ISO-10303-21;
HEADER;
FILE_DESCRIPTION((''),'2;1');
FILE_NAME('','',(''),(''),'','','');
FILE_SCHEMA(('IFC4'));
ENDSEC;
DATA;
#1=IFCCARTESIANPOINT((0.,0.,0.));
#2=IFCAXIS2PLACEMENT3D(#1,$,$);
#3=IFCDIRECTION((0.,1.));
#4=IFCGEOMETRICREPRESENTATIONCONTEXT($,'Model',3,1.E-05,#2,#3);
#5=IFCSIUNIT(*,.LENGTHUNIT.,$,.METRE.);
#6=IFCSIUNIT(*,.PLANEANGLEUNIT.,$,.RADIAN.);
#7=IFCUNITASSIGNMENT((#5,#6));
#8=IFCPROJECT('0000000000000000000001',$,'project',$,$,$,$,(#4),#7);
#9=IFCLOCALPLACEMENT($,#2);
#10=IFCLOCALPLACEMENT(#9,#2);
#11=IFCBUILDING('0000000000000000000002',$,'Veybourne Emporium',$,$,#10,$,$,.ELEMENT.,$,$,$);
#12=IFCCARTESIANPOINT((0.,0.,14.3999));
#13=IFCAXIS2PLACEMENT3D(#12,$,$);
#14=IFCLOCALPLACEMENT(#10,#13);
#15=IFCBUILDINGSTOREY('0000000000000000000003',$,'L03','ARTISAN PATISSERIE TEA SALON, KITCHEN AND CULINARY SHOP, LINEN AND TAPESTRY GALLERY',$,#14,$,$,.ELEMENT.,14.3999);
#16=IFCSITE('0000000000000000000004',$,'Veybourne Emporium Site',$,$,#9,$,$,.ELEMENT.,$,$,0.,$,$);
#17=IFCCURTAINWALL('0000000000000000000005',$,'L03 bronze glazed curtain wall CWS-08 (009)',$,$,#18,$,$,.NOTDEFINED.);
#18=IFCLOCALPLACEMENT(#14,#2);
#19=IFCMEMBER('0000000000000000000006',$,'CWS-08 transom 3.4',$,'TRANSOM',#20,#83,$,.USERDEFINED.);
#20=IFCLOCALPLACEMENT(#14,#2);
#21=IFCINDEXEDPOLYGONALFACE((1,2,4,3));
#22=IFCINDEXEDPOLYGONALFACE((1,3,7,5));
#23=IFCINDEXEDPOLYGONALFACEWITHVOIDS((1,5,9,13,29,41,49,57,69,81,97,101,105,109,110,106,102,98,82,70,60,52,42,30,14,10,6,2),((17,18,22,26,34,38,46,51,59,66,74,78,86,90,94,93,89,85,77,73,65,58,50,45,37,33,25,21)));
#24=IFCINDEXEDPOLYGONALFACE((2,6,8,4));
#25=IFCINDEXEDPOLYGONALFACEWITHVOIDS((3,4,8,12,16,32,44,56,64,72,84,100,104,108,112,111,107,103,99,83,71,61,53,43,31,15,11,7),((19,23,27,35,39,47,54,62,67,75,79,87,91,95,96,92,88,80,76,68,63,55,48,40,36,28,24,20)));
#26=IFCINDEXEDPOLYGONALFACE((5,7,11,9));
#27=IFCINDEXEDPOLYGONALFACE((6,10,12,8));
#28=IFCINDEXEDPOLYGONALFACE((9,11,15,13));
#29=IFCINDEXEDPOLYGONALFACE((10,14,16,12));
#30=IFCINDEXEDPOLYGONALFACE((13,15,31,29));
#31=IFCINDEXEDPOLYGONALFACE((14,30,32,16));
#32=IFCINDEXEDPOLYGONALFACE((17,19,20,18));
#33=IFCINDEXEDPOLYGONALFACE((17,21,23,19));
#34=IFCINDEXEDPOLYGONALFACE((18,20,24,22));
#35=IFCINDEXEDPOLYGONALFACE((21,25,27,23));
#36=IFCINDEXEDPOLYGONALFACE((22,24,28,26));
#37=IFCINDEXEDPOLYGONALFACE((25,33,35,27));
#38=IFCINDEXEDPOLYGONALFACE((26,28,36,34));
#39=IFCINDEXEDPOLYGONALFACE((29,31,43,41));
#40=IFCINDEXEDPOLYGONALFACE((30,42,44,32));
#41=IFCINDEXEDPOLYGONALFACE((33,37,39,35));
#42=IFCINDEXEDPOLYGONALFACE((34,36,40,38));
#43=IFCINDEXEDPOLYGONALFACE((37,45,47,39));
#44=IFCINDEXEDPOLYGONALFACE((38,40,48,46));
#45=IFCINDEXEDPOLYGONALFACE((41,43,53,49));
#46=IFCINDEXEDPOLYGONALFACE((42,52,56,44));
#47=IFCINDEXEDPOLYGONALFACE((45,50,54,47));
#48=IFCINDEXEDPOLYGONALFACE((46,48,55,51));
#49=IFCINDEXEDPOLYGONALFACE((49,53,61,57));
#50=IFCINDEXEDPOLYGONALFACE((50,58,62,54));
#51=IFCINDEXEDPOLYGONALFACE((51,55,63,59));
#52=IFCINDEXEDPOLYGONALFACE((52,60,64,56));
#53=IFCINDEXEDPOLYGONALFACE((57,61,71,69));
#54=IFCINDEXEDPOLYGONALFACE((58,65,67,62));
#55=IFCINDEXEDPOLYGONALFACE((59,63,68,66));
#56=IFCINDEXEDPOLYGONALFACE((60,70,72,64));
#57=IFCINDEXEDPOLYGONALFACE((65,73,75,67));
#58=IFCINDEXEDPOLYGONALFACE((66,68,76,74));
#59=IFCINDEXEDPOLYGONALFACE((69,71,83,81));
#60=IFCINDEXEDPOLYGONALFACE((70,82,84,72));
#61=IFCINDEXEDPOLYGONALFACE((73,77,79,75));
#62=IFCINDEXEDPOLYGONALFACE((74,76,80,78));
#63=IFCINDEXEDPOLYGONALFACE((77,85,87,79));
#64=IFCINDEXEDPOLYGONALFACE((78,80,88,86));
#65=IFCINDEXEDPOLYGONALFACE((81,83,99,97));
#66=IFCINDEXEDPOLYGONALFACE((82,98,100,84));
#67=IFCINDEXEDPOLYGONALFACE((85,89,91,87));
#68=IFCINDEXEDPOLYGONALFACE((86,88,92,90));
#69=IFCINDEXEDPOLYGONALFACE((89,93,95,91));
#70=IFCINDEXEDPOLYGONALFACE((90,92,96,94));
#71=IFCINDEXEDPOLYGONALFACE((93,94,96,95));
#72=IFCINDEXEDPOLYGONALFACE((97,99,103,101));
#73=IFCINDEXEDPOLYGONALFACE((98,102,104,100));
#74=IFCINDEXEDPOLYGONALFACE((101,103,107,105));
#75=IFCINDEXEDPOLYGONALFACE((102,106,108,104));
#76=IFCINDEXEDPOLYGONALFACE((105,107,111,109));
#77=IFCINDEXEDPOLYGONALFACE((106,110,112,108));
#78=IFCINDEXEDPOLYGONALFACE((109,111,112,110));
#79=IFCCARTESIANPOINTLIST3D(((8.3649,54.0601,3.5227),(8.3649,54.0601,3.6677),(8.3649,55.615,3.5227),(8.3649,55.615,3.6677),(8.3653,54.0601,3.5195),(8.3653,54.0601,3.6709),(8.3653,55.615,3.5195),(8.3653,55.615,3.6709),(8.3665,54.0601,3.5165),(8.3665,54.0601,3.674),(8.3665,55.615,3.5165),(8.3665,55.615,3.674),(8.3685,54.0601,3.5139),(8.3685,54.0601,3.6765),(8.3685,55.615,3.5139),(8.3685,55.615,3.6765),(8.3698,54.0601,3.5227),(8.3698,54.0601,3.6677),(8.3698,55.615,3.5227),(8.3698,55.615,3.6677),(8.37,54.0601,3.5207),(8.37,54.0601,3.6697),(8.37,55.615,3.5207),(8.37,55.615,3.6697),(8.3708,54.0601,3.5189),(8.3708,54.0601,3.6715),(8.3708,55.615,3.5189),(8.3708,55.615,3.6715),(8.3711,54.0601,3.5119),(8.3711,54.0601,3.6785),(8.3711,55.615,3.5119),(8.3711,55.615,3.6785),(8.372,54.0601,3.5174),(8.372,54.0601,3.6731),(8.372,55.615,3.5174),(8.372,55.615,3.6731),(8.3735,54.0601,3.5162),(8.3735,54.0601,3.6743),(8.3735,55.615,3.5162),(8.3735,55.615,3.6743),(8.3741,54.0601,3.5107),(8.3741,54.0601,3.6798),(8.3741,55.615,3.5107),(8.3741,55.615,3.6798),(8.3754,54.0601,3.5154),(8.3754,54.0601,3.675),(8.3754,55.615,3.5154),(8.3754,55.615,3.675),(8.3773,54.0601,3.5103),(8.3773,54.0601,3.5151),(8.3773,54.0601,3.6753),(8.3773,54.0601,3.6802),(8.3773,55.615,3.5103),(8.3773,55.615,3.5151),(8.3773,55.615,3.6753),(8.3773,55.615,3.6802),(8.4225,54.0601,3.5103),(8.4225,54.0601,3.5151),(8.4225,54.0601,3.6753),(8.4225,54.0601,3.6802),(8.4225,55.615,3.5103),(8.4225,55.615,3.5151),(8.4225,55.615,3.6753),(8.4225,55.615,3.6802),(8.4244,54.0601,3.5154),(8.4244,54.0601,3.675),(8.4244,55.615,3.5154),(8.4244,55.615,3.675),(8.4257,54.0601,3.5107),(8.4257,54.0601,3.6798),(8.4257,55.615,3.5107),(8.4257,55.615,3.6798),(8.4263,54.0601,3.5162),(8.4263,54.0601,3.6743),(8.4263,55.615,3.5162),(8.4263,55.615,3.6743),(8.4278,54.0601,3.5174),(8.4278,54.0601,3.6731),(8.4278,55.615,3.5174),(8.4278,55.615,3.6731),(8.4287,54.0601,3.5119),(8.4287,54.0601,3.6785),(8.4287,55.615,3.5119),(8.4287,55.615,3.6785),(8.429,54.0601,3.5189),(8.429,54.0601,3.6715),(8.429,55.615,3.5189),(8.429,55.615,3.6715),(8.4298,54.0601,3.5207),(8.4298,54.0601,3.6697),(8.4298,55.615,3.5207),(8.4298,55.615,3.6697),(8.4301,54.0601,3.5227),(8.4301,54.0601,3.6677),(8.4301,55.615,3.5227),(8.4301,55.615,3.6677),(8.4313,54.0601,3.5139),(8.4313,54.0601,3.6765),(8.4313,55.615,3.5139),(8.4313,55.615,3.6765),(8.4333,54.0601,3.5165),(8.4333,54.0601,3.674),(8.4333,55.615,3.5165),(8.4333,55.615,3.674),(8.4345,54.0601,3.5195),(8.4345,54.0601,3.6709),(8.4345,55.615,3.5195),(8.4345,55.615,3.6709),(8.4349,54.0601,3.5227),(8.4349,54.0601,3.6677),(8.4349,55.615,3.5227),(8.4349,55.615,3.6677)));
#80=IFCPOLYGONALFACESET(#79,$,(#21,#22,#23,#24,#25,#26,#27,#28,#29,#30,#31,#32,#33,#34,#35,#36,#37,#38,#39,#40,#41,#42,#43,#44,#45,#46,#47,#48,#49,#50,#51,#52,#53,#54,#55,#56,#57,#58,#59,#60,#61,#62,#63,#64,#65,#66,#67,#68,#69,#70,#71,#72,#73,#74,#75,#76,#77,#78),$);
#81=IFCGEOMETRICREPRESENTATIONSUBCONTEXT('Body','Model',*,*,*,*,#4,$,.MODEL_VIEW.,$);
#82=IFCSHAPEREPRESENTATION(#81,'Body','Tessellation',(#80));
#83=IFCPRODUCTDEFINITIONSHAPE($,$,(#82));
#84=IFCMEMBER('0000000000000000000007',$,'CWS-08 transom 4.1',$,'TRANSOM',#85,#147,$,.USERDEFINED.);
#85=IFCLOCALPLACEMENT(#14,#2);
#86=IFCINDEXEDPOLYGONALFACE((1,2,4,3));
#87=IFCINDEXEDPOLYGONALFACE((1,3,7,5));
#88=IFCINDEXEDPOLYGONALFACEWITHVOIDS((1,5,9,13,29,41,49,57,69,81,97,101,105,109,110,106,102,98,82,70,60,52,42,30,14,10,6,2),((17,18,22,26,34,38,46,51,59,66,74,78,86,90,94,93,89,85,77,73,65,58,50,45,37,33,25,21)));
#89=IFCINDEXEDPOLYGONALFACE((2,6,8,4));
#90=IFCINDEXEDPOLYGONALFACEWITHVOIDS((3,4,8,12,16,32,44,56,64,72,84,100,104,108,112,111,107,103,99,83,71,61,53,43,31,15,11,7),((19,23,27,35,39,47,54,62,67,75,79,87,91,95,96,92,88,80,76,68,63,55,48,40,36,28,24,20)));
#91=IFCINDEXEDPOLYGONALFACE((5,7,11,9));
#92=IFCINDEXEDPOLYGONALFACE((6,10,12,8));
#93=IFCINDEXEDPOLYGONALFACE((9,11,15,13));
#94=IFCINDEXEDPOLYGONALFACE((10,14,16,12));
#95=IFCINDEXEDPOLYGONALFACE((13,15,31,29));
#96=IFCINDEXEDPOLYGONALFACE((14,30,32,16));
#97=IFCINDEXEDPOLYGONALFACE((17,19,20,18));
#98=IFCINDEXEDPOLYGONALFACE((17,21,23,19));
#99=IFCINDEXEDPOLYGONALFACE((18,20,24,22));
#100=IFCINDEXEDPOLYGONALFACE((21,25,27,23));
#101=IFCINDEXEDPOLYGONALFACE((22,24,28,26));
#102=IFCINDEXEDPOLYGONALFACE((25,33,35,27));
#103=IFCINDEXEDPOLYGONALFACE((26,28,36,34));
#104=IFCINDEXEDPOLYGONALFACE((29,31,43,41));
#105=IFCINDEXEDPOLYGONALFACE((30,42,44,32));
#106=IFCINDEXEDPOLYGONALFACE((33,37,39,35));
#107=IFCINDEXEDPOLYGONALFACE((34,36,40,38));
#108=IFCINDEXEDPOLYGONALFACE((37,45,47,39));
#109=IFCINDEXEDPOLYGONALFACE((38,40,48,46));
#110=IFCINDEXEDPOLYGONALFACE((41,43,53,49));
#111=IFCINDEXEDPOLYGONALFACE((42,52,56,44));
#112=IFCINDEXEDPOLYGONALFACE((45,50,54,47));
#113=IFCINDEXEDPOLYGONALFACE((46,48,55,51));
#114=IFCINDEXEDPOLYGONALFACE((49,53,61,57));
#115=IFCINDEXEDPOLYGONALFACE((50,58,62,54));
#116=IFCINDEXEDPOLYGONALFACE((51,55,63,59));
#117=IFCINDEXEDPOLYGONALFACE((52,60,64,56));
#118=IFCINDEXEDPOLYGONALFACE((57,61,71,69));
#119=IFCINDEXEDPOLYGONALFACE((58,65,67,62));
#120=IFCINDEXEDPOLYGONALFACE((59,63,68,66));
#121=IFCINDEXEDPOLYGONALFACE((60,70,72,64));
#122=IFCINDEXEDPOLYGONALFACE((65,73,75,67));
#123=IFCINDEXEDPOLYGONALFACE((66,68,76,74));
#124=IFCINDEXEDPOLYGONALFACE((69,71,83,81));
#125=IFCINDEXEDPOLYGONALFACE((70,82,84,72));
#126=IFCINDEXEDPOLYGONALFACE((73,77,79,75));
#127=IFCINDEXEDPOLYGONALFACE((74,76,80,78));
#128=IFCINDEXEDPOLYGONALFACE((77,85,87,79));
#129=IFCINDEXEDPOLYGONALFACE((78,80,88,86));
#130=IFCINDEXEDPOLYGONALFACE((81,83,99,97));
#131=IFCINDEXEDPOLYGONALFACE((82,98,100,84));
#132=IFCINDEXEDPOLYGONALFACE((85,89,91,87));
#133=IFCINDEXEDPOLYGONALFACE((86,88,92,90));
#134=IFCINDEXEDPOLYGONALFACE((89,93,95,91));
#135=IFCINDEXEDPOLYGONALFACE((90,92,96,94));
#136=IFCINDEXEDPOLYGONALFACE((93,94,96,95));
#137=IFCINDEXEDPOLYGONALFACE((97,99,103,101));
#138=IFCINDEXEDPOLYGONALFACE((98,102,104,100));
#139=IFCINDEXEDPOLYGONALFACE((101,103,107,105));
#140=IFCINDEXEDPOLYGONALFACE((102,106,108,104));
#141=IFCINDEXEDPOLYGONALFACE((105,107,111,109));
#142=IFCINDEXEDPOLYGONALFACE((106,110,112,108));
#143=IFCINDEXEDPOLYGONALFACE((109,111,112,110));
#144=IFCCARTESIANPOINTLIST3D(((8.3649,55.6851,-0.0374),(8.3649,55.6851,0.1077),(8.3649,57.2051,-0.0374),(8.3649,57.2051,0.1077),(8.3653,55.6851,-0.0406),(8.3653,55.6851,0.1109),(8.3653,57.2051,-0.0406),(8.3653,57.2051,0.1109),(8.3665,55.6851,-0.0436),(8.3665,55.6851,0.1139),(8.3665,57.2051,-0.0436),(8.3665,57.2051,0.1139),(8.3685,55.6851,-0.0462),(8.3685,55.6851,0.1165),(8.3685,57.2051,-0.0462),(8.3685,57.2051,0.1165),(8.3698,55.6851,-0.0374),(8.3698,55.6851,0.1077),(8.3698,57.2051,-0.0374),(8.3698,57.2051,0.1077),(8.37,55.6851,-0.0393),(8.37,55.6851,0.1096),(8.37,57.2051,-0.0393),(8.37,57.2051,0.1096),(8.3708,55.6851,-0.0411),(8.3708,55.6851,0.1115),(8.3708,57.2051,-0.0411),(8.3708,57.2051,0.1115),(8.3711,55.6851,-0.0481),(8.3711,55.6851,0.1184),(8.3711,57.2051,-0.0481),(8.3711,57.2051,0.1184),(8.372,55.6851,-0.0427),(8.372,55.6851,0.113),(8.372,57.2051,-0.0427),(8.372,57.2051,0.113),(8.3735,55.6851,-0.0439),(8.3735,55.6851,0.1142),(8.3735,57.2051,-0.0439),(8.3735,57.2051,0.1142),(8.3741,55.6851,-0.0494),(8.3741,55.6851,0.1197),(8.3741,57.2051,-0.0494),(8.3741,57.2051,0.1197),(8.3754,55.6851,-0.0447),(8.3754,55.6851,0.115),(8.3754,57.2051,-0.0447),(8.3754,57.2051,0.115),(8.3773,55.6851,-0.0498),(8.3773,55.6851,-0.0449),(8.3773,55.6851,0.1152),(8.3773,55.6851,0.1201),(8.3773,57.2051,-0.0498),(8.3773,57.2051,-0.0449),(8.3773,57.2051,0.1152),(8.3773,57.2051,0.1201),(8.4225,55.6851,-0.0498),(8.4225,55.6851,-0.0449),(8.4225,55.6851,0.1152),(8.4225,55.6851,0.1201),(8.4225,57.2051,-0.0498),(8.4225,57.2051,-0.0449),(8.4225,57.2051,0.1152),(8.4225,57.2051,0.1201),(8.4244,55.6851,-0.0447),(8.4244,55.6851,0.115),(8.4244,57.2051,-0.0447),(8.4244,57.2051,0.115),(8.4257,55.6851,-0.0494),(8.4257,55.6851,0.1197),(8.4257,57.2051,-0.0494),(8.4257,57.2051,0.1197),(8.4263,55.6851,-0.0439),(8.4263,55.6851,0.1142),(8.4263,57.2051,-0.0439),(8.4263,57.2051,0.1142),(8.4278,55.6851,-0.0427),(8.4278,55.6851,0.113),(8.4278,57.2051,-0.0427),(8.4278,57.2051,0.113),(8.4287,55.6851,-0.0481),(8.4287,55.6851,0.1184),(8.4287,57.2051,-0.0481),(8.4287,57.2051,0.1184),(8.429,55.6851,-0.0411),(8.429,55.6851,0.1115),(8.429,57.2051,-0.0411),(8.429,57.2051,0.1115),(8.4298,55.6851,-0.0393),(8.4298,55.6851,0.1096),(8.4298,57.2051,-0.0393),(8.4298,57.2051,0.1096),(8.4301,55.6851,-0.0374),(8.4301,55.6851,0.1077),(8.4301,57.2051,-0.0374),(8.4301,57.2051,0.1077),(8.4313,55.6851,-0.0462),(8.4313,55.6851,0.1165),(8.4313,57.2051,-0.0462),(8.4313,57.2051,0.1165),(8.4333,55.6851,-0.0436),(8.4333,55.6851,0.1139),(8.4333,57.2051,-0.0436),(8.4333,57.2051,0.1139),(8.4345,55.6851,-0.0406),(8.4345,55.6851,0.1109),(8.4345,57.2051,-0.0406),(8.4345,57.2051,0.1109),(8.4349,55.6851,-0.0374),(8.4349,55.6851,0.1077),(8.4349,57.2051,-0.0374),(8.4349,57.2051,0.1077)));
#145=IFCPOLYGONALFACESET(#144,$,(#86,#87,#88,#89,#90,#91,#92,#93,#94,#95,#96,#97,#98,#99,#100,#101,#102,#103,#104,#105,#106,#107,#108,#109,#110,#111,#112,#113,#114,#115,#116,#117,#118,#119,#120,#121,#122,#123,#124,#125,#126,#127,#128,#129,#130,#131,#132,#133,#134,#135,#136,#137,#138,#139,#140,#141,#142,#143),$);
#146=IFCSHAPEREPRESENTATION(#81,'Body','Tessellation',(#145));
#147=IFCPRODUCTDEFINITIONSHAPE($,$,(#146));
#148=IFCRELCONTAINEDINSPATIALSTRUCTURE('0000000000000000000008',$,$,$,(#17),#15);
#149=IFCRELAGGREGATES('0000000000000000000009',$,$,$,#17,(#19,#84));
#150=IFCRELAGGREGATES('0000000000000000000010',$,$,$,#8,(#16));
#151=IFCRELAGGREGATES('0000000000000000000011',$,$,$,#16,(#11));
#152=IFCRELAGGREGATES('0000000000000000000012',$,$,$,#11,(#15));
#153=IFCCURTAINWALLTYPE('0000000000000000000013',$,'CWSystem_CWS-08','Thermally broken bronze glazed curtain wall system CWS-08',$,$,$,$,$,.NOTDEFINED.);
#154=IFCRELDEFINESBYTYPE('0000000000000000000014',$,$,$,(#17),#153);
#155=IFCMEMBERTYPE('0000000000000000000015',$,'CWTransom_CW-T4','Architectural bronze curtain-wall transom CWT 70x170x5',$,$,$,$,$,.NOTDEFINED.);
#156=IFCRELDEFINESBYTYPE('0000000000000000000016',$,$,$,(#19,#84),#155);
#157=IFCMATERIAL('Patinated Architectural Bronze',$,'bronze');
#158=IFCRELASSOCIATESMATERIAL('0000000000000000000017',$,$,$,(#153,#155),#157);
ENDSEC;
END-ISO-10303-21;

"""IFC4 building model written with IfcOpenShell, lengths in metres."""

from ifc_helpers import new_model, si_unit, direction, frame, origin, origin_2d, place, context, subcontext, project, spatial, hollow_rectangle, extrude, material, material_profile, profile_set, type_object, element, aggregate, save


model = new_model("IFC4")

# Units and contexts
model_context = context("Model", 3, precision=1e-05, world=origin(), true_north=direction((0.0, 1.0)))
body_context = subcontext(model_context, "Body", "Model", "MODEL_VIEW")
ifc_project = project(units=[si_unit("LENGTHUNIT", "METRE"), si_unit("PLANEANGLEUNIT", "RADIAN")], contexts=[model_context])

# Site, building, storey
site_placement = place(None, origin())
site = spatial("IfcSite", under=ifc_project, at=site_placement, Name="Veybourne Emporium Site", CompositionType="ELEMENT", RefElevation=0.0)
building_placement = place(site_placement, origin())
building = spatial("IfcBuilding", under=site, at=building_placement, Name="Veybourne Emporium", CompositionType="ELEMENT")
storey_placement = place(building_placement, frame((0.0, 0.0, 14.3999)))
storey = spatial("IfcBuildingStorey", under=building, at=storey_placement, Name="L03", Description="ARTISAN PATISSERIE TEA SALON, KITCHEN AND CULINARY SHOP, LINEN AND TAPESTRY GALLERY", CompositionType="ELEMENT", Elevation=14.3999)

# Curtain wall, members
ifc_material_1 = material(Name="Patinated Architectural Bronze", Category="bronze")
curtain_wall_type = type_object("IfcCurtainWallType", Name="CWSystem_CWS-08", Description="Thermally broken bronze glazed curtain wall system CWS-08", PredefinedType="NOTDEFINED", material=ifc_material_1)
curtain_wall_placement = place(storey_placement, origin())
curtain_wall = element("IfcCurtainWall", 1, at=curtain_wall_placement, inside=storey, type_object=curtain_wall_type, Name="L03 bronze glazed curtain wall CWS-08 (009)", PredefinedType="NOTDEFINED")
ifc_material_profile_1 = material_profile(ifc_material_1, hollow_rectangle(XDim=0.0701, YDim=0.1699, WallThickness=0.0049, InnerFilletRadius=0.0076, OuterFilletRadius=0.0125, at=origin_2d()), Name="CWT 70x170x5")
ifc_profile_set_1 = profile_set([ifc_material_profile_1], Name="Patinated Architectural Bronze")
member_type_1 = type_object("IfcMemberType", Name="CWTransom_CW-T4", Description="Architectural bronze curtain-wall transom CWT 70x170x5", PredefinedType="NOTDEFINED", material=ifc_profile_set_1)
member_1_placement = place(storey_placement, frame((8.3999, 54.0601, 3.5952), z_axis=(0.0, 1.0, 0.0), x_axis=(-1.0, 0.0, 0.0)))
member_1 = element("IfcMember", 2, at=member_1_placement, type_object=member_type_1, Name="CWS-08 transom 3.4", ObjectType="TRANSOM", PredefinedType="USERDEFINED", context=body_context, shape_type="SweptSolid", body=[
    extrude(hollow_rectangle(XDim=0.0701, YDim=0.1699, WallThickness=0.0049, InnerFilletRadius=0.0076, OuterFilletRadius=0.0125, at=origin_2d()), origin(), (0.0, 0.0, 1.0), 1.5549),
])
member_2_placement = place(storey_placement, frame((8.3999, 55.6851, 0.0352), z_axis=(0.0, 1.0, 0.0), x_axis=(-1.0, 0.0, 0.0)))
member_2 = element("IfcMember", 3, at=member_2_placement, type_object=member_type_1, Name="CWS-08 transom 4.1", ObjectType="TRANSOM", PredefinedType="USERDEFINED", context=body_context, shape_type="SweptSolid", body=[
    extrude(hollow_rectangle(XDim=0.0701, YDim=0.1699, WallThickness=0.0049, InnerFilletRadius=0.0076, OuterFilletRadius=0.0125, at=origin_2d()), origin(), (0.0, 0.0, 1.0), 1.52),
])

aggregate(curtain_wall, [member_1, member_2])

save(model, "model.ifc")
